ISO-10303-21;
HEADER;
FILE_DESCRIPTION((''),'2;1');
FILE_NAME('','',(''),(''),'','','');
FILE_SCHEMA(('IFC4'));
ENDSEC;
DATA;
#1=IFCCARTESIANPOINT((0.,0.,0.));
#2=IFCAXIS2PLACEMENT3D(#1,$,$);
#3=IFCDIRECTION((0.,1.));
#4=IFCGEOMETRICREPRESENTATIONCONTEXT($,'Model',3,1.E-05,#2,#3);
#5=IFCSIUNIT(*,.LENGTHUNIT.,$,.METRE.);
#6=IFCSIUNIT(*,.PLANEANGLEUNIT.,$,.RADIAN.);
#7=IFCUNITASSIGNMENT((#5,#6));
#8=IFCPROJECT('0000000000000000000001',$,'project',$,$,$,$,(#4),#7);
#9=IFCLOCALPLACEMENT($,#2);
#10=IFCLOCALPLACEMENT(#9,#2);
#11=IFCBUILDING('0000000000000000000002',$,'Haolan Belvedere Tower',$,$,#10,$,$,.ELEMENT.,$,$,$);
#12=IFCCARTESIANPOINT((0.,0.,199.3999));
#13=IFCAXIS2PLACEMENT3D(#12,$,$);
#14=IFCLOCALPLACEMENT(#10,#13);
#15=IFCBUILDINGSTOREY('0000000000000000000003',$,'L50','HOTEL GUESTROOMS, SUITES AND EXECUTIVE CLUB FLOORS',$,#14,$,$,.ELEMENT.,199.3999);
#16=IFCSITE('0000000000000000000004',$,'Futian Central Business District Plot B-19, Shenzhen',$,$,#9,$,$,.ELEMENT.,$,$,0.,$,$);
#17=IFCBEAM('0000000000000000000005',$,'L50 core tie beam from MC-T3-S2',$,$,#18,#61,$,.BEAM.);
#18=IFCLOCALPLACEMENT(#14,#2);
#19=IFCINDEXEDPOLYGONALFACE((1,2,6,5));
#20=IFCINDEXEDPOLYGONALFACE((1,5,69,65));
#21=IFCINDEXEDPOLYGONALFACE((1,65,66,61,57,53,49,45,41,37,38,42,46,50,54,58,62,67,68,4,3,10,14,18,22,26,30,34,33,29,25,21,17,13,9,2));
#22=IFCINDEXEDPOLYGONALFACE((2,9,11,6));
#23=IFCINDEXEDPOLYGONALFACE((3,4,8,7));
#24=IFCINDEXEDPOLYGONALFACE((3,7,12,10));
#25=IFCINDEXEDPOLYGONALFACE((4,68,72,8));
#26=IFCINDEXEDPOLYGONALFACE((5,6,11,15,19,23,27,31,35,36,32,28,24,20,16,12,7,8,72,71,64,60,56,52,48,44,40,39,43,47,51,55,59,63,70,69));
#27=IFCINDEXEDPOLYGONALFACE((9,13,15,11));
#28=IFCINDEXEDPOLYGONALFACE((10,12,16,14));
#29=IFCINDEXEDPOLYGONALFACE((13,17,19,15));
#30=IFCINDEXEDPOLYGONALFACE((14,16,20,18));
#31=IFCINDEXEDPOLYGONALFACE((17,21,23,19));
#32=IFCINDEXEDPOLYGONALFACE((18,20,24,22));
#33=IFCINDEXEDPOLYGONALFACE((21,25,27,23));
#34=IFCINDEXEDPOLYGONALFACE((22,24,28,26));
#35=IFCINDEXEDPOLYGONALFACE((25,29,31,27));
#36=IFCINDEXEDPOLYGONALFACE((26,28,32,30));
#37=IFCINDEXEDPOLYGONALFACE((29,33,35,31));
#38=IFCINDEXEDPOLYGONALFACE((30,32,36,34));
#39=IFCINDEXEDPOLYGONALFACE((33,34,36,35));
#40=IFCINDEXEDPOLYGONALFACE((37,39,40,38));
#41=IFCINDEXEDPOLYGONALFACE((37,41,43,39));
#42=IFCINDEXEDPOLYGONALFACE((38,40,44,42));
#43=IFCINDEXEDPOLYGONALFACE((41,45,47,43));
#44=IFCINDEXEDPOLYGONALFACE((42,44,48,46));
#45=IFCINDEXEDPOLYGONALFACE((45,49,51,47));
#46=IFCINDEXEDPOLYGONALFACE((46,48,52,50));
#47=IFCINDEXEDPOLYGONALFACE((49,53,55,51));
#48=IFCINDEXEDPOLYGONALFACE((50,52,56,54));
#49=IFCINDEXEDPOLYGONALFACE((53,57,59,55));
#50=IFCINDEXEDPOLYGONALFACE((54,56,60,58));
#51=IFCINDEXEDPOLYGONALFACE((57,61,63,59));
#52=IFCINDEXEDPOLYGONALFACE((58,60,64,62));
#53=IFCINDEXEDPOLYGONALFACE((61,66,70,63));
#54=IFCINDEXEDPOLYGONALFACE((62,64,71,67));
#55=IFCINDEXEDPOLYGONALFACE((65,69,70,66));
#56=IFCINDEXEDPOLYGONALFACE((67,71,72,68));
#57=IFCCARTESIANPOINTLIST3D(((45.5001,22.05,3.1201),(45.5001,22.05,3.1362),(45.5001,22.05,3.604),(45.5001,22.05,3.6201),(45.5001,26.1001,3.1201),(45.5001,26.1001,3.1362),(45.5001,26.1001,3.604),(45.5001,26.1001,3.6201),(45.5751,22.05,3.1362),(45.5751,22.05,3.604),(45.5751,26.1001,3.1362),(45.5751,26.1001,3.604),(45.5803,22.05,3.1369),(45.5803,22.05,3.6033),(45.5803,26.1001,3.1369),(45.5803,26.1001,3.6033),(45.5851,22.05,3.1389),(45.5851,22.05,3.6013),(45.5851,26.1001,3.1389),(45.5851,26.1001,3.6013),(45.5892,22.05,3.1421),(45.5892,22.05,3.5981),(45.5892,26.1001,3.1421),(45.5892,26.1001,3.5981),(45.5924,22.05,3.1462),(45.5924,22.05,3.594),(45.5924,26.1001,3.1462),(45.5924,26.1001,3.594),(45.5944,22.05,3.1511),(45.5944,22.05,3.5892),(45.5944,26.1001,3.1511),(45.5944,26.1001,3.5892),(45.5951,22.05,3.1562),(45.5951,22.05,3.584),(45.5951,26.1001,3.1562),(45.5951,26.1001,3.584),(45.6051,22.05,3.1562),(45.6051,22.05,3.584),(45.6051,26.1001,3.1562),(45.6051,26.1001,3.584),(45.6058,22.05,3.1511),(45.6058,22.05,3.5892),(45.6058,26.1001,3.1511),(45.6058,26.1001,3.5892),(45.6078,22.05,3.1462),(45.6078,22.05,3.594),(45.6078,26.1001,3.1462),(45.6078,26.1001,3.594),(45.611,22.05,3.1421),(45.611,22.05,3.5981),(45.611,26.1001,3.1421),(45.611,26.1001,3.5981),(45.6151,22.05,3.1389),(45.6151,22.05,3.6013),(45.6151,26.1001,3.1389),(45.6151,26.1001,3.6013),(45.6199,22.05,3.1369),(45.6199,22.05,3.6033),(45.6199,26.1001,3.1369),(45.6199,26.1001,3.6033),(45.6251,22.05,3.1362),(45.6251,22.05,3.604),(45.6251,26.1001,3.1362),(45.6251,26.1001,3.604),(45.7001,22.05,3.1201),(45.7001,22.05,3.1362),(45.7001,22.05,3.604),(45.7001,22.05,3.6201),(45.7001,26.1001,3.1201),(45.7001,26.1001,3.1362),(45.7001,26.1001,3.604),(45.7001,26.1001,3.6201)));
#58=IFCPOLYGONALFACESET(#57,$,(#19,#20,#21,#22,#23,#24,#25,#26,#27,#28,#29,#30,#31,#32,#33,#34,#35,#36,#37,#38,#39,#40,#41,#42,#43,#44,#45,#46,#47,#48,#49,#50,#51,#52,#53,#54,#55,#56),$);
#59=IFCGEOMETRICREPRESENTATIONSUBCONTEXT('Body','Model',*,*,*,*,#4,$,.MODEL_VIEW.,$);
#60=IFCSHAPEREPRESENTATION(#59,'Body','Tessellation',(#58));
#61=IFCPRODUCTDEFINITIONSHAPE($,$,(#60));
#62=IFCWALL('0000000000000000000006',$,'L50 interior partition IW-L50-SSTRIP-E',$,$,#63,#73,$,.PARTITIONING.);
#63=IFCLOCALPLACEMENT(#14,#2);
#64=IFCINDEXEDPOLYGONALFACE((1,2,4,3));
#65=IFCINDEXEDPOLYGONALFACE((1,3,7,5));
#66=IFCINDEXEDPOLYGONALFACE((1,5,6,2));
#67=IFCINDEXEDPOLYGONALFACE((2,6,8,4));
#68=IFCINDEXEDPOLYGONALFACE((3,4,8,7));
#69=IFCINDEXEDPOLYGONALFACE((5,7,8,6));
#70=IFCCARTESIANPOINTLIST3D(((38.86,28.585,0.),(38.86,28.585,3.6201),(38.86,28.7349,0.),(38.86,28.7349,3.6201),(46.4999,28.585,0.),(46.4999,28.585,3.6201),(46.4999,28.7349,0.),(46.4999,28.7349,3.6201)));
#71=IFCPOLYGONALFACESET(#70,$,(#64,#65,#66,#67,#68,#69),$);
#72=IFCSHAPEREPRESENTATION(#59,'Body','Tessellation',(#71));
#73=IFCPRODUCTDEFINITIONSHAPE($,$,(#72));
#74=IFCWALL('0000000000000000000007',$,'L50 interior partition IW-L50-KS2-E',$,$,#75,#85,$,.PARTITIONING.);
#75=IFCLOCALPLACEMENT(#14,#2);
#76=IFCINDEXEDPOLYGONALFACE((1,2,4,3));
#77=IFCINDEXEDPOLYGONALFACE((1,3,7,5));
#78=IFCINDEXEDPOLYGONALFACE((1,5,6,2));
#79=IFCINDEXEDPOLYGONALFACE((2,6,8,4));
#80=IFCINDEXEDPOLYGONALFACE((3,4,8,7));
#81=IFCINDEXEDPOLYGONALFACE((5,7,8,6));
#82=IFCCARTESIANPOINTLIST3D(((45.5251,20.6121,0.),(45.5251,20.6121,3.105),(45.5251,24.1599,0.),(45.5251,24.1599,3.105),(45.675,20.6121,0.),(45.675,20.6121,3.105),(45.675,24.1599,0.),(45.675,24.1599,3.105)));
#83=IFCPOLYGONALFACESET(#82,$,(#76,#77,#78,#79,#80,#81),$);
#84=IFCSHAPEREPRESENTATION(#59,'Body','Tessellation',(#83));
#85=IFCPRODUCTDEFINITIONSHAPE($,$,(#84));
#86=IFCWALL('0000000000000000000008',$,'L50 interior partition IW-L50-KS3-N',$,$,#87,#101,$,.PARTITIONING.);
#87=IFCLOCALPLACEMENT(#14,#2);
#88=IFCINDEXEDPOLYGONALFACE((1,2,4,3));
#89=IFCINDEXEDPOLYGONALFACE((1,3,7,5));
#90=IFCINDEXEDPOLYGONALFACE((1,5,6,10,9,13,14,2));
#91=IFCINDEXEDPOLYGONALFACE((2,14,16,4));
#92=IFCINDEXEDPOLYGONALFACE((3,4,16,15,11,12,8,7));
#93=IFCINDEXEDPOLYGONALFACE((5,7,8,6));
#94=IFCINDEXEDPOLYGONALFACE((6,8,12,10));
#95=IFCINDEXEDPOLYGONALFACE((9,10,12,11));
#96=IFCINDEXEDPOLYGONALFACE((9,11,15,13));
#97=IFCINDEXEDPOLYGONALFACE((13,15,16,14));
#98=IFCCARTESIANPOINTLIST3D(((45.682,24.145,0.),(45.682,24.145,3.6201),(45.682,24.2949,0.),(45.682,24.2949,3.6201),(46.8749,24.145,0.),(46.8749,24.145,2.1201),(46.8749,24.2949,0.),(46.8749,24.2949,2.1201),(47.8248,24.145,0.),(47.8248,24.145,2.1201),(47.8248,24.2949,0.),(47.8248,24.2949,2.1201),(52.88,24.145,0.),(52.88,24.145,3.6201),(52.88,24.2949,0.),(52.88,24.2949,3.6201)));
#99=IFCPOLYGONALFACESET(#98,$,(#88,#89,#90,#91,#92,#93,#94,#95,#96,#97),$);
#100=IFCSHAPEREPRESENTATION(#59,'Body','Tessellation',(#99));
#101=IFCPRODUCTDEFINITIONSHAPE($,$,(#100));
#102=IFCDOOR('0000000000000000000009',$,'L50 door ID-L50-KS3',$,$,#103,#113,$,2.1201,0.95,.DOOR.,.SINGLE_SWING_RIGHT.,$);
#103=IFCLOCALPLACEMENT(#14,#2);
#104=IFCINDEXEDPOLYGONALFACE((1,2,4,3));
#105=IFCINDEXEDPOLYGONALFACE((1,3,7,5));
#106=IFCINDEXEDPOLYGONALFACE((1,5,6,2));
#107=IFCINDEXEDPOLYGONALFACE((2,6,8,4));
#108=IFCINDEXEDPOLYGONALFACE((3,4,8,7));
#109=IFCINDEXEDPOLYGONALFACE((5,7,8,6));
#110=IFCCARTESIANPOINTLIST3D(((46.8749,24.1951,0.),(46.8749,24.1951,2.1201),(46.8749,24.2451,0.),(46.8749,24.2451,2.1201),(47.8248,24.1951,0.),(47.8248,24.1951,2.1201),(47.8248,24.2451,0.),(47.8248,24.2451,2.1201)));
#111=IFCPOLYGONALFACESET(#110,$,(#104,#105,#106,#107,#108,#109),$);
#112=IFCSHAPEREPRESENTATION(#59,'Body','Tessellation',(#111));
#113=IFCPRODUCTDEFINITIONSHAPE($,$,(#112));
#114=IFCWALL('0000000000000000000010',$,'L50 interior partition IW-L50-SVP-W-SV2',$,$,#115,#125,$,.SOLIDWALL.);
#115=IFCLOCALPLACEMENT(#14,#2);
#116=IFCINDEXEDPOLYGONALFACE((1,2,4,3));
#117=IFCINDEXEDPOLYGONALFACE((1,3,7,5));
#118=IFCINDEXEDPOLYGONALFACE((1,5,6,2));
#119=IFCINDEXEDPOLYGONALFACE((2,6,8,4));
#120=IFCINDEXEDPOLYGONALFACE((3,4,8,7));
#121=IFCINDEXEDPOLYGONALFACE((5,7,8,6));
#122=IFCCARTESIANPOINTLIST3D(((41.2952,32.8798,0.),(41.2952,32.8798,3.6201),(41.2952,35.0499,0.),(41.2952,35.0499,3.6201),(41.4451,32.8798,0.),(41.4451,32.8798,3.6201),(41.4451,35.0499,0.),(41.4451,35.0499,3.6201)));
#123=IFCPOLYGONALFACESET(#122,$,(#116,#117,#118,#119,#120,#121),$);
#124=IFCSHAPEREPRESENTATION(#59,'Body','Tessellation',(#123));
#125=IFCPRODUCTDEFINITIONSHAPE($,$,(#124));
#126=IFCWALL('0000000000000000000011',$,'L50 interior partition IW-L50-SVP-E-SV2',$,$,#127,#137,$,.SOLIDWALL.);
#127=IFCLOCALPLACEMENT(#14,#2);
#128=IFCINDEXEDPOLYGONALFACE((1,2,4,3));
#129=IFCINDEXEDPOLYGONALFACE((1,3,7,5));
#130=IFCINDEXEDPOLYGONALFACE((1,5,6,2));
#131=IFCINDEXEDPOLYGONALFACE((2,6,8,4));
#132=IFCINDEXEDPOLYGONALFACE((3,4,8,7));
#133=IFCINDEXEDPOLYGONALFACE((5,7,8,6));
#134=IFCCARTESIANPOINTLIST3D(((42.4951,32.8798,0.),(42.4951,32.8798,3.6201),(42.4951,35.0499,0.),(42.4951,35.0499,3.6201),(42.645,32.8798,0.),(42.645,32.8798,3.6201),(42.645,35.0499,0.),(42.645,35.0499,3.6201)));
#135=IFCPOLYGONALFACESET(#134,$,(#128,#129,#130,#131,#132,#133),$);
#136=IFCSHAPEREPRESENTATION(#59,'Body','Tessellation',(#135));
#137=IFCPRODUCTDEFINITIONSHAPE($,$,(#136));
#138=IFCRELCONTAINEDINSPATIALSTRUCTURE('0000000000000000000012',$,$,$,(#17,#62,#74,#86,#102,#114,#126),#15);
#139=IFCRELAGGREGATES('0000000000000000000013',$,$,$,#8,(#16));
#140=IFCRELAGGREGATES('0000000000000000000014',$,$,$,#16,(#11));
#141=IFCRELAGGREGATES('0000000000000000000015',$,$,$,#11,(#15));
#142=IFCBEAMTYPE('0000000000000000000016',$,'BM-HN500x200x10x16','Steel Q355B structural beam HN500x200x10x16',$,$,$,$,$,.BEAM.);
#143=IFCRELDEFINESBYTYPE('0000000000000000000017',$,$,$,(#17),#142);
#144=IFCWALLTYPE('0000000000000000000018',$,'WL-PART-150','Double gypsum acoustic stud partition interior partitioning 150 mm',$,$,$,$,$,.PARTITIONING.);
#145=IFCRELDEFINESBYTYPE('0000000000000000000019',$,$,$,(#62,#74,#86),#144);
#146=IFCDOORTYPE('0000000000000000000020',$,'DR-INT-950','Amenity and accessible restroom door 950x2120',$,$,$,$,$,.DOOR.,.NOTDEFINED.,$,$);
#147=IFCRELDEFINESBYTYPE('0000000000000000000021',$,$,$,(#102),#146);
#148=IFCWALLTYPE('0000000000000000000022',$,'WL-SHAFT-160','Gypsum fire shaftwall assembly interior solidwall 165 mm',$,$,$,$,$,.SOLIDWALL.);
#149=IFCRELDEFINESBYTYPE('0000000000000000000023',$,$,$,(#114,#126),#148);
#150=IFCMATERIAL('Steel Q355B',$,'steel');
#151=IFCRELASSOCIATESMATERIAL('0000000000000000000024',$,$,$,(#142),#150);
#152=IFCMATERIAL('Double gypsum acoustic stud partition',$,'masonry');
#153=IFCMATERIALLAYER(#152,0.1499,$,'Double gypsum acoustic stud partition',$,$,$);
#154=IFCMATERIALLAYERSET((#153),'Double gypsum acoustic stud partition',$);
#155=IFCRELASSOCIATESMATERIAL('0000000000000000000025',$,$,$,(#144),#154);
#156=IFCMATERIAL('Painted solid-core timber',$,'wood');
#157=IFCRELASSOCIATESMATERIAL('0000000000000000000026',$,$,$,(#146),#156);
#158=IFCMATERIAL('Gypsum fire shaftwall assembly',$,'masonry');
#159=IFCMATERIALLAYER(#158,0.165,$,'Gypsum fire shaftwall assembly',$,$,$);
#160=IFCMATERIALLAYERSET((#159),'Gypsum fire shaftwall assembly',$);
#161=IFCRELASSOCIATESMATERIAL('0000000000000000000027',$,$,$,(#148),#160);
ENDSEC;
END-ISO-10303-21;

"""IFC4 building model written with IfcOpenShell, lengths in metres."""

from ifc_helpers import new_model, si_unit, direction, frame, frame_2d, origin, origin_2d, place, context, subcontext, project, spatial, rectangle, i_section, extrude, material, layer, layer_set, material_profile, profile_set, type_object, element, fill, save


model = new_model("IFC4")

# Units and contexts
model_context = context("Model", 3, precision=1e-05, world=origin(), true_north=direction((0.0, 1.0)))
body_context = subcontext(model_context, "Body", "Model", "MODEL_VIEW")
ifc_project = project(units=[si_unit("LENGTHUNIT", "METRE"), si_unit("PLANEANGLEUNIT", "RADIAN")], contexts=[model_context])

# Site, building, storey
site_placement = place(None, origin())
site = spatial("IfcSite", under=ifc_project, at=site_placement, Name="Futian Central Business District Plot B-19, Shenzhen", CompositionType="ELEMENT", RefElevation=0.0)
building_placement = place(site_placement, origin())
building = spatial("IfcBuilding", under=site, at=building_placement, Name="Haolan Belvedere Tower", CompositionType="ELEMENT")
storey_placement = place(building_placement, frame((0.0, 0.0, 199.3999)))
storey = spatial("IfcBuildingStorey", under=building, at=storey_placement, Name="L50", Description="HOTEL GUESTROOMS, SUITES AND EXECUTIVE CLUB FLOORS", CompositionType="ELEMENT", Elevation=199.3999)

# Beam
ifc_material_1 = material(Name="Steel Q355B", Category="steel")
ifc_material_profile_1 = material_profile(ifc_material_1, i_section(OverallWidth=0.2, OverallDepth=0.5, WebThickness=0.01, FlangeThickness=0.0161, FilletRadius=0.02, at=origin_2d()), Name="Steel Q355B")
ifc_profile_set_1 = profile_set([ifc_material_profile_1], Name="Steel Q355B")
beam_type_1 = type_object("IfcBeamType", Name="BM-HN500x200x10x16", Description="Steel Q355B structural beam HN500x200x10x16", PredefinedType="BEAM", material=ifc_profile_set_1)
beam_1_placement = place(storey_placement, frame((45.6001, 22.05, 3.3701), z_axis=(0.0, 1.0, 0.0), x_axis=(-1.0, 0.0, 0.0)))
element("IfcBeam", 1, at=beam_1_placement, inside=storey, type_object=beam_type_1, Name="L50 core tie beam from MC-T3-S2", PredefinedType="BEAM", context=body_context, shape_type="SweptSolid", body=[
    extrude(i_section(OverallWidth=0.2, OverallDepth=0.5, WebThickness=0.01, FlangeThickness=0.0161, FilletRadius=0.02, at=origin_2d()), origin(), (0.0, 0.0, 1.0), 4.05),
])

# Walls
ifc_material_2 = material(Name="Double gypsum acoustic stud partition", Category="masonry")
ifc_layer_1 = layer(ifc_material_2, 0.1499, Name="Double gypsum acoustic stud partition")
ifc_layer_set_1 = layer_set([ifc_layer_1], Name="Double gypsum acoustic stud partition")
wall_type_1 = type_object("IfcWallType", Name="WL-PART-150", Description="Double gypsum acoustic stud partition interior partitioning 150 mm", PredefinedType="PARTITIONING", material=ifc_layer_set_1)
wall_1_placement = place(storey_placement, frame((38.8601, 28.6599, 0.0), z_axis=(0.0, 0.0, 1.0), x_axis=(1.0, 0.0, 0.0)))
element("IfcWall", 2, at=wall_1_placement, inside=storey, type_object=wall_type_1, Name="L50 interior partition IW-L50-SSTRIP-E", PredefinedType="PARTITIONING", context=body_context, shape_type="SweptSolid", body=[
    extrude(rectangle(XDim=7.6399, YDim=0.1499, at=frame_2d((3.8198, 0.0))), origin(), (0.0, 0.0, 1.0), 3.6201),
])
wall_2_placement = place(storey_placement, frame((45.6001, 20.6121, 0.0), z_axis=(0.0, 0.0, 1.0), x_axis=(0.0, 1.0, 0.0)))
element("IfcWall", 3, at=wall_2_placement, inside=storey, type_object=wall_type_1, Name="L50 interior partition IW-L50-KS2-E", PredefinedType="PARTITIONING", context=body_context, shape_type="SweptSolid", body=[
    extrude(rectangle(XDim=3.5479, YDim=0.1499, at=frame_2d((1.7739, 0.0))), origin(), (0.0, 0.0, 1.0), 3.105),
])

# Wall, opening, door
wall_3_placement = place(storey_placement, frame((45.6819, 24.22, 0.0), z_axis=(0.0, 0.0, 1.0), x_axis=(1.0, 0.0, 0.0)))
wall_3 = element("IfcWall", 4, at=wall_3_placement, inside=storey, type_object=wall_type_1, Name="L50 interior partition IW-L50-KS3-N", PredefinedType="PARTITIONING", context=body_context, shape_type="SweptSolid", body=[
    extrude(rectangle(XDim=7.198, YDim=0.1499, at=frame_2d((3.5991, 0.0))), origin(), (0.0, 0.0, 1.0), 3.6201),
])
opening_1_placement = place(wall_3_placement, frame((2.1431, 0.0, 0.0), z_axis=(0.0, 0.0, 1.0), x_axis=(-1.0, 0.0, 0.0)))
opening_1 = element("IfcOpeningElement", 5, at=opening_1_placement, cuts=wall_3, PredefinedType="OPENING", context=body_context, shape_type="SweptSolid", body=[
    extrude(rectangle(XDim=0.95, YDim=2.1201, at=frame_2d((0.4751, 1.0601))), frame((0.0, 0.085, 0.0), z_axis=(0.0, -1.0, 0.0), x_axis=(1.0, 0.0, 0.0)), (0.0, 0.0, 1.0), 0.1699),
])
ifc_material_3 = material(Name="Painted solid-core timber", Category="wood")
door_type_1 = type_object("IfcDoorType", Name="DR-INT-950", Description="Amenity and accessible restroom door 950x2120", OperationType="NOTDEFINED", PredefinedType="DOOR", material=ifc_material_3)
door_1_placement = place(opening_1_placement, origin())
door_1 = element("IfcDoor", 6, at=door_1_placement, inside=storey, type_object=door_type_1, Name="L50 door ID-L50-KS3", OperationType="SINGLE_SWING_RIGHT", OverallHeight=2.1201, OverallWidth=0.95, PredefinedType="DOOR", context=body_context, shape_type="SweptSolid", body=[
    extrude(rectangle(XDim=0.95, YDim=2.1201, at=frame_2d((0.4751, 1.0601))), frame((0.0, 0.0249, 0.0), z_axis=(0.0, -1.0, 0.0), x_axis=(1.0, 0.0, 0.0)), (0.0, 0.0, 1.0), 0.05),
])
fill(opening_1, door_1)

# Walls
ifc_material_4 = material(Name="Gypsum fire shaftwall assembly", Category="masonry")
ifc_layer_2 = layer(ifc_material_4, 0.165, Name="Gypsum fire shaftwall assembly")
ifc_layer_set_2 = layer_set([ifc_layer_2], Name="Gypsum fire shaftwall assembly")
wall_type_2 = type_object("IfcWallType", Name="WL-SHAFT-160", Description="Gypsum fire shaftwall assembly interior solidwall 165 mm", PredefinedType="SOLIDWALL", material=ifc_layer_set_2)
for number, where, z_axis, x_axis, name in (
    (7, (41.3701, 32.8799, 0.0), (0.0, 0.0, 1.0), (0.0, 1.0, 0.0), "L50 interior partition IW-L50-SVP-W-SV2"),
    (8, (42.5701, 32.8799, 0.0), (0.0, 0.0, 1.0), (0.0, 1.0, 0.0), "L50 interior partition IW-L50-SVP-E-SV2"),
):
    element("IfcWall", number, at=place(storey_placement, frame(where, z_axis=z_axis, x_axis=x_axis)), inside=storey, type_object=wall_type_2, Name=name, PredefinedType="SOLIDWALL", context=body_context, shape_type="SweptSolid", body=[
        extrude(rectangle(XDim=2.1702, YDim=0.1499, at=frame_2d((1.085, 0.0))), origin(), (0.0, 0.0, 1.0), 3.6201),
    ])

save(model, "model.ifc")
